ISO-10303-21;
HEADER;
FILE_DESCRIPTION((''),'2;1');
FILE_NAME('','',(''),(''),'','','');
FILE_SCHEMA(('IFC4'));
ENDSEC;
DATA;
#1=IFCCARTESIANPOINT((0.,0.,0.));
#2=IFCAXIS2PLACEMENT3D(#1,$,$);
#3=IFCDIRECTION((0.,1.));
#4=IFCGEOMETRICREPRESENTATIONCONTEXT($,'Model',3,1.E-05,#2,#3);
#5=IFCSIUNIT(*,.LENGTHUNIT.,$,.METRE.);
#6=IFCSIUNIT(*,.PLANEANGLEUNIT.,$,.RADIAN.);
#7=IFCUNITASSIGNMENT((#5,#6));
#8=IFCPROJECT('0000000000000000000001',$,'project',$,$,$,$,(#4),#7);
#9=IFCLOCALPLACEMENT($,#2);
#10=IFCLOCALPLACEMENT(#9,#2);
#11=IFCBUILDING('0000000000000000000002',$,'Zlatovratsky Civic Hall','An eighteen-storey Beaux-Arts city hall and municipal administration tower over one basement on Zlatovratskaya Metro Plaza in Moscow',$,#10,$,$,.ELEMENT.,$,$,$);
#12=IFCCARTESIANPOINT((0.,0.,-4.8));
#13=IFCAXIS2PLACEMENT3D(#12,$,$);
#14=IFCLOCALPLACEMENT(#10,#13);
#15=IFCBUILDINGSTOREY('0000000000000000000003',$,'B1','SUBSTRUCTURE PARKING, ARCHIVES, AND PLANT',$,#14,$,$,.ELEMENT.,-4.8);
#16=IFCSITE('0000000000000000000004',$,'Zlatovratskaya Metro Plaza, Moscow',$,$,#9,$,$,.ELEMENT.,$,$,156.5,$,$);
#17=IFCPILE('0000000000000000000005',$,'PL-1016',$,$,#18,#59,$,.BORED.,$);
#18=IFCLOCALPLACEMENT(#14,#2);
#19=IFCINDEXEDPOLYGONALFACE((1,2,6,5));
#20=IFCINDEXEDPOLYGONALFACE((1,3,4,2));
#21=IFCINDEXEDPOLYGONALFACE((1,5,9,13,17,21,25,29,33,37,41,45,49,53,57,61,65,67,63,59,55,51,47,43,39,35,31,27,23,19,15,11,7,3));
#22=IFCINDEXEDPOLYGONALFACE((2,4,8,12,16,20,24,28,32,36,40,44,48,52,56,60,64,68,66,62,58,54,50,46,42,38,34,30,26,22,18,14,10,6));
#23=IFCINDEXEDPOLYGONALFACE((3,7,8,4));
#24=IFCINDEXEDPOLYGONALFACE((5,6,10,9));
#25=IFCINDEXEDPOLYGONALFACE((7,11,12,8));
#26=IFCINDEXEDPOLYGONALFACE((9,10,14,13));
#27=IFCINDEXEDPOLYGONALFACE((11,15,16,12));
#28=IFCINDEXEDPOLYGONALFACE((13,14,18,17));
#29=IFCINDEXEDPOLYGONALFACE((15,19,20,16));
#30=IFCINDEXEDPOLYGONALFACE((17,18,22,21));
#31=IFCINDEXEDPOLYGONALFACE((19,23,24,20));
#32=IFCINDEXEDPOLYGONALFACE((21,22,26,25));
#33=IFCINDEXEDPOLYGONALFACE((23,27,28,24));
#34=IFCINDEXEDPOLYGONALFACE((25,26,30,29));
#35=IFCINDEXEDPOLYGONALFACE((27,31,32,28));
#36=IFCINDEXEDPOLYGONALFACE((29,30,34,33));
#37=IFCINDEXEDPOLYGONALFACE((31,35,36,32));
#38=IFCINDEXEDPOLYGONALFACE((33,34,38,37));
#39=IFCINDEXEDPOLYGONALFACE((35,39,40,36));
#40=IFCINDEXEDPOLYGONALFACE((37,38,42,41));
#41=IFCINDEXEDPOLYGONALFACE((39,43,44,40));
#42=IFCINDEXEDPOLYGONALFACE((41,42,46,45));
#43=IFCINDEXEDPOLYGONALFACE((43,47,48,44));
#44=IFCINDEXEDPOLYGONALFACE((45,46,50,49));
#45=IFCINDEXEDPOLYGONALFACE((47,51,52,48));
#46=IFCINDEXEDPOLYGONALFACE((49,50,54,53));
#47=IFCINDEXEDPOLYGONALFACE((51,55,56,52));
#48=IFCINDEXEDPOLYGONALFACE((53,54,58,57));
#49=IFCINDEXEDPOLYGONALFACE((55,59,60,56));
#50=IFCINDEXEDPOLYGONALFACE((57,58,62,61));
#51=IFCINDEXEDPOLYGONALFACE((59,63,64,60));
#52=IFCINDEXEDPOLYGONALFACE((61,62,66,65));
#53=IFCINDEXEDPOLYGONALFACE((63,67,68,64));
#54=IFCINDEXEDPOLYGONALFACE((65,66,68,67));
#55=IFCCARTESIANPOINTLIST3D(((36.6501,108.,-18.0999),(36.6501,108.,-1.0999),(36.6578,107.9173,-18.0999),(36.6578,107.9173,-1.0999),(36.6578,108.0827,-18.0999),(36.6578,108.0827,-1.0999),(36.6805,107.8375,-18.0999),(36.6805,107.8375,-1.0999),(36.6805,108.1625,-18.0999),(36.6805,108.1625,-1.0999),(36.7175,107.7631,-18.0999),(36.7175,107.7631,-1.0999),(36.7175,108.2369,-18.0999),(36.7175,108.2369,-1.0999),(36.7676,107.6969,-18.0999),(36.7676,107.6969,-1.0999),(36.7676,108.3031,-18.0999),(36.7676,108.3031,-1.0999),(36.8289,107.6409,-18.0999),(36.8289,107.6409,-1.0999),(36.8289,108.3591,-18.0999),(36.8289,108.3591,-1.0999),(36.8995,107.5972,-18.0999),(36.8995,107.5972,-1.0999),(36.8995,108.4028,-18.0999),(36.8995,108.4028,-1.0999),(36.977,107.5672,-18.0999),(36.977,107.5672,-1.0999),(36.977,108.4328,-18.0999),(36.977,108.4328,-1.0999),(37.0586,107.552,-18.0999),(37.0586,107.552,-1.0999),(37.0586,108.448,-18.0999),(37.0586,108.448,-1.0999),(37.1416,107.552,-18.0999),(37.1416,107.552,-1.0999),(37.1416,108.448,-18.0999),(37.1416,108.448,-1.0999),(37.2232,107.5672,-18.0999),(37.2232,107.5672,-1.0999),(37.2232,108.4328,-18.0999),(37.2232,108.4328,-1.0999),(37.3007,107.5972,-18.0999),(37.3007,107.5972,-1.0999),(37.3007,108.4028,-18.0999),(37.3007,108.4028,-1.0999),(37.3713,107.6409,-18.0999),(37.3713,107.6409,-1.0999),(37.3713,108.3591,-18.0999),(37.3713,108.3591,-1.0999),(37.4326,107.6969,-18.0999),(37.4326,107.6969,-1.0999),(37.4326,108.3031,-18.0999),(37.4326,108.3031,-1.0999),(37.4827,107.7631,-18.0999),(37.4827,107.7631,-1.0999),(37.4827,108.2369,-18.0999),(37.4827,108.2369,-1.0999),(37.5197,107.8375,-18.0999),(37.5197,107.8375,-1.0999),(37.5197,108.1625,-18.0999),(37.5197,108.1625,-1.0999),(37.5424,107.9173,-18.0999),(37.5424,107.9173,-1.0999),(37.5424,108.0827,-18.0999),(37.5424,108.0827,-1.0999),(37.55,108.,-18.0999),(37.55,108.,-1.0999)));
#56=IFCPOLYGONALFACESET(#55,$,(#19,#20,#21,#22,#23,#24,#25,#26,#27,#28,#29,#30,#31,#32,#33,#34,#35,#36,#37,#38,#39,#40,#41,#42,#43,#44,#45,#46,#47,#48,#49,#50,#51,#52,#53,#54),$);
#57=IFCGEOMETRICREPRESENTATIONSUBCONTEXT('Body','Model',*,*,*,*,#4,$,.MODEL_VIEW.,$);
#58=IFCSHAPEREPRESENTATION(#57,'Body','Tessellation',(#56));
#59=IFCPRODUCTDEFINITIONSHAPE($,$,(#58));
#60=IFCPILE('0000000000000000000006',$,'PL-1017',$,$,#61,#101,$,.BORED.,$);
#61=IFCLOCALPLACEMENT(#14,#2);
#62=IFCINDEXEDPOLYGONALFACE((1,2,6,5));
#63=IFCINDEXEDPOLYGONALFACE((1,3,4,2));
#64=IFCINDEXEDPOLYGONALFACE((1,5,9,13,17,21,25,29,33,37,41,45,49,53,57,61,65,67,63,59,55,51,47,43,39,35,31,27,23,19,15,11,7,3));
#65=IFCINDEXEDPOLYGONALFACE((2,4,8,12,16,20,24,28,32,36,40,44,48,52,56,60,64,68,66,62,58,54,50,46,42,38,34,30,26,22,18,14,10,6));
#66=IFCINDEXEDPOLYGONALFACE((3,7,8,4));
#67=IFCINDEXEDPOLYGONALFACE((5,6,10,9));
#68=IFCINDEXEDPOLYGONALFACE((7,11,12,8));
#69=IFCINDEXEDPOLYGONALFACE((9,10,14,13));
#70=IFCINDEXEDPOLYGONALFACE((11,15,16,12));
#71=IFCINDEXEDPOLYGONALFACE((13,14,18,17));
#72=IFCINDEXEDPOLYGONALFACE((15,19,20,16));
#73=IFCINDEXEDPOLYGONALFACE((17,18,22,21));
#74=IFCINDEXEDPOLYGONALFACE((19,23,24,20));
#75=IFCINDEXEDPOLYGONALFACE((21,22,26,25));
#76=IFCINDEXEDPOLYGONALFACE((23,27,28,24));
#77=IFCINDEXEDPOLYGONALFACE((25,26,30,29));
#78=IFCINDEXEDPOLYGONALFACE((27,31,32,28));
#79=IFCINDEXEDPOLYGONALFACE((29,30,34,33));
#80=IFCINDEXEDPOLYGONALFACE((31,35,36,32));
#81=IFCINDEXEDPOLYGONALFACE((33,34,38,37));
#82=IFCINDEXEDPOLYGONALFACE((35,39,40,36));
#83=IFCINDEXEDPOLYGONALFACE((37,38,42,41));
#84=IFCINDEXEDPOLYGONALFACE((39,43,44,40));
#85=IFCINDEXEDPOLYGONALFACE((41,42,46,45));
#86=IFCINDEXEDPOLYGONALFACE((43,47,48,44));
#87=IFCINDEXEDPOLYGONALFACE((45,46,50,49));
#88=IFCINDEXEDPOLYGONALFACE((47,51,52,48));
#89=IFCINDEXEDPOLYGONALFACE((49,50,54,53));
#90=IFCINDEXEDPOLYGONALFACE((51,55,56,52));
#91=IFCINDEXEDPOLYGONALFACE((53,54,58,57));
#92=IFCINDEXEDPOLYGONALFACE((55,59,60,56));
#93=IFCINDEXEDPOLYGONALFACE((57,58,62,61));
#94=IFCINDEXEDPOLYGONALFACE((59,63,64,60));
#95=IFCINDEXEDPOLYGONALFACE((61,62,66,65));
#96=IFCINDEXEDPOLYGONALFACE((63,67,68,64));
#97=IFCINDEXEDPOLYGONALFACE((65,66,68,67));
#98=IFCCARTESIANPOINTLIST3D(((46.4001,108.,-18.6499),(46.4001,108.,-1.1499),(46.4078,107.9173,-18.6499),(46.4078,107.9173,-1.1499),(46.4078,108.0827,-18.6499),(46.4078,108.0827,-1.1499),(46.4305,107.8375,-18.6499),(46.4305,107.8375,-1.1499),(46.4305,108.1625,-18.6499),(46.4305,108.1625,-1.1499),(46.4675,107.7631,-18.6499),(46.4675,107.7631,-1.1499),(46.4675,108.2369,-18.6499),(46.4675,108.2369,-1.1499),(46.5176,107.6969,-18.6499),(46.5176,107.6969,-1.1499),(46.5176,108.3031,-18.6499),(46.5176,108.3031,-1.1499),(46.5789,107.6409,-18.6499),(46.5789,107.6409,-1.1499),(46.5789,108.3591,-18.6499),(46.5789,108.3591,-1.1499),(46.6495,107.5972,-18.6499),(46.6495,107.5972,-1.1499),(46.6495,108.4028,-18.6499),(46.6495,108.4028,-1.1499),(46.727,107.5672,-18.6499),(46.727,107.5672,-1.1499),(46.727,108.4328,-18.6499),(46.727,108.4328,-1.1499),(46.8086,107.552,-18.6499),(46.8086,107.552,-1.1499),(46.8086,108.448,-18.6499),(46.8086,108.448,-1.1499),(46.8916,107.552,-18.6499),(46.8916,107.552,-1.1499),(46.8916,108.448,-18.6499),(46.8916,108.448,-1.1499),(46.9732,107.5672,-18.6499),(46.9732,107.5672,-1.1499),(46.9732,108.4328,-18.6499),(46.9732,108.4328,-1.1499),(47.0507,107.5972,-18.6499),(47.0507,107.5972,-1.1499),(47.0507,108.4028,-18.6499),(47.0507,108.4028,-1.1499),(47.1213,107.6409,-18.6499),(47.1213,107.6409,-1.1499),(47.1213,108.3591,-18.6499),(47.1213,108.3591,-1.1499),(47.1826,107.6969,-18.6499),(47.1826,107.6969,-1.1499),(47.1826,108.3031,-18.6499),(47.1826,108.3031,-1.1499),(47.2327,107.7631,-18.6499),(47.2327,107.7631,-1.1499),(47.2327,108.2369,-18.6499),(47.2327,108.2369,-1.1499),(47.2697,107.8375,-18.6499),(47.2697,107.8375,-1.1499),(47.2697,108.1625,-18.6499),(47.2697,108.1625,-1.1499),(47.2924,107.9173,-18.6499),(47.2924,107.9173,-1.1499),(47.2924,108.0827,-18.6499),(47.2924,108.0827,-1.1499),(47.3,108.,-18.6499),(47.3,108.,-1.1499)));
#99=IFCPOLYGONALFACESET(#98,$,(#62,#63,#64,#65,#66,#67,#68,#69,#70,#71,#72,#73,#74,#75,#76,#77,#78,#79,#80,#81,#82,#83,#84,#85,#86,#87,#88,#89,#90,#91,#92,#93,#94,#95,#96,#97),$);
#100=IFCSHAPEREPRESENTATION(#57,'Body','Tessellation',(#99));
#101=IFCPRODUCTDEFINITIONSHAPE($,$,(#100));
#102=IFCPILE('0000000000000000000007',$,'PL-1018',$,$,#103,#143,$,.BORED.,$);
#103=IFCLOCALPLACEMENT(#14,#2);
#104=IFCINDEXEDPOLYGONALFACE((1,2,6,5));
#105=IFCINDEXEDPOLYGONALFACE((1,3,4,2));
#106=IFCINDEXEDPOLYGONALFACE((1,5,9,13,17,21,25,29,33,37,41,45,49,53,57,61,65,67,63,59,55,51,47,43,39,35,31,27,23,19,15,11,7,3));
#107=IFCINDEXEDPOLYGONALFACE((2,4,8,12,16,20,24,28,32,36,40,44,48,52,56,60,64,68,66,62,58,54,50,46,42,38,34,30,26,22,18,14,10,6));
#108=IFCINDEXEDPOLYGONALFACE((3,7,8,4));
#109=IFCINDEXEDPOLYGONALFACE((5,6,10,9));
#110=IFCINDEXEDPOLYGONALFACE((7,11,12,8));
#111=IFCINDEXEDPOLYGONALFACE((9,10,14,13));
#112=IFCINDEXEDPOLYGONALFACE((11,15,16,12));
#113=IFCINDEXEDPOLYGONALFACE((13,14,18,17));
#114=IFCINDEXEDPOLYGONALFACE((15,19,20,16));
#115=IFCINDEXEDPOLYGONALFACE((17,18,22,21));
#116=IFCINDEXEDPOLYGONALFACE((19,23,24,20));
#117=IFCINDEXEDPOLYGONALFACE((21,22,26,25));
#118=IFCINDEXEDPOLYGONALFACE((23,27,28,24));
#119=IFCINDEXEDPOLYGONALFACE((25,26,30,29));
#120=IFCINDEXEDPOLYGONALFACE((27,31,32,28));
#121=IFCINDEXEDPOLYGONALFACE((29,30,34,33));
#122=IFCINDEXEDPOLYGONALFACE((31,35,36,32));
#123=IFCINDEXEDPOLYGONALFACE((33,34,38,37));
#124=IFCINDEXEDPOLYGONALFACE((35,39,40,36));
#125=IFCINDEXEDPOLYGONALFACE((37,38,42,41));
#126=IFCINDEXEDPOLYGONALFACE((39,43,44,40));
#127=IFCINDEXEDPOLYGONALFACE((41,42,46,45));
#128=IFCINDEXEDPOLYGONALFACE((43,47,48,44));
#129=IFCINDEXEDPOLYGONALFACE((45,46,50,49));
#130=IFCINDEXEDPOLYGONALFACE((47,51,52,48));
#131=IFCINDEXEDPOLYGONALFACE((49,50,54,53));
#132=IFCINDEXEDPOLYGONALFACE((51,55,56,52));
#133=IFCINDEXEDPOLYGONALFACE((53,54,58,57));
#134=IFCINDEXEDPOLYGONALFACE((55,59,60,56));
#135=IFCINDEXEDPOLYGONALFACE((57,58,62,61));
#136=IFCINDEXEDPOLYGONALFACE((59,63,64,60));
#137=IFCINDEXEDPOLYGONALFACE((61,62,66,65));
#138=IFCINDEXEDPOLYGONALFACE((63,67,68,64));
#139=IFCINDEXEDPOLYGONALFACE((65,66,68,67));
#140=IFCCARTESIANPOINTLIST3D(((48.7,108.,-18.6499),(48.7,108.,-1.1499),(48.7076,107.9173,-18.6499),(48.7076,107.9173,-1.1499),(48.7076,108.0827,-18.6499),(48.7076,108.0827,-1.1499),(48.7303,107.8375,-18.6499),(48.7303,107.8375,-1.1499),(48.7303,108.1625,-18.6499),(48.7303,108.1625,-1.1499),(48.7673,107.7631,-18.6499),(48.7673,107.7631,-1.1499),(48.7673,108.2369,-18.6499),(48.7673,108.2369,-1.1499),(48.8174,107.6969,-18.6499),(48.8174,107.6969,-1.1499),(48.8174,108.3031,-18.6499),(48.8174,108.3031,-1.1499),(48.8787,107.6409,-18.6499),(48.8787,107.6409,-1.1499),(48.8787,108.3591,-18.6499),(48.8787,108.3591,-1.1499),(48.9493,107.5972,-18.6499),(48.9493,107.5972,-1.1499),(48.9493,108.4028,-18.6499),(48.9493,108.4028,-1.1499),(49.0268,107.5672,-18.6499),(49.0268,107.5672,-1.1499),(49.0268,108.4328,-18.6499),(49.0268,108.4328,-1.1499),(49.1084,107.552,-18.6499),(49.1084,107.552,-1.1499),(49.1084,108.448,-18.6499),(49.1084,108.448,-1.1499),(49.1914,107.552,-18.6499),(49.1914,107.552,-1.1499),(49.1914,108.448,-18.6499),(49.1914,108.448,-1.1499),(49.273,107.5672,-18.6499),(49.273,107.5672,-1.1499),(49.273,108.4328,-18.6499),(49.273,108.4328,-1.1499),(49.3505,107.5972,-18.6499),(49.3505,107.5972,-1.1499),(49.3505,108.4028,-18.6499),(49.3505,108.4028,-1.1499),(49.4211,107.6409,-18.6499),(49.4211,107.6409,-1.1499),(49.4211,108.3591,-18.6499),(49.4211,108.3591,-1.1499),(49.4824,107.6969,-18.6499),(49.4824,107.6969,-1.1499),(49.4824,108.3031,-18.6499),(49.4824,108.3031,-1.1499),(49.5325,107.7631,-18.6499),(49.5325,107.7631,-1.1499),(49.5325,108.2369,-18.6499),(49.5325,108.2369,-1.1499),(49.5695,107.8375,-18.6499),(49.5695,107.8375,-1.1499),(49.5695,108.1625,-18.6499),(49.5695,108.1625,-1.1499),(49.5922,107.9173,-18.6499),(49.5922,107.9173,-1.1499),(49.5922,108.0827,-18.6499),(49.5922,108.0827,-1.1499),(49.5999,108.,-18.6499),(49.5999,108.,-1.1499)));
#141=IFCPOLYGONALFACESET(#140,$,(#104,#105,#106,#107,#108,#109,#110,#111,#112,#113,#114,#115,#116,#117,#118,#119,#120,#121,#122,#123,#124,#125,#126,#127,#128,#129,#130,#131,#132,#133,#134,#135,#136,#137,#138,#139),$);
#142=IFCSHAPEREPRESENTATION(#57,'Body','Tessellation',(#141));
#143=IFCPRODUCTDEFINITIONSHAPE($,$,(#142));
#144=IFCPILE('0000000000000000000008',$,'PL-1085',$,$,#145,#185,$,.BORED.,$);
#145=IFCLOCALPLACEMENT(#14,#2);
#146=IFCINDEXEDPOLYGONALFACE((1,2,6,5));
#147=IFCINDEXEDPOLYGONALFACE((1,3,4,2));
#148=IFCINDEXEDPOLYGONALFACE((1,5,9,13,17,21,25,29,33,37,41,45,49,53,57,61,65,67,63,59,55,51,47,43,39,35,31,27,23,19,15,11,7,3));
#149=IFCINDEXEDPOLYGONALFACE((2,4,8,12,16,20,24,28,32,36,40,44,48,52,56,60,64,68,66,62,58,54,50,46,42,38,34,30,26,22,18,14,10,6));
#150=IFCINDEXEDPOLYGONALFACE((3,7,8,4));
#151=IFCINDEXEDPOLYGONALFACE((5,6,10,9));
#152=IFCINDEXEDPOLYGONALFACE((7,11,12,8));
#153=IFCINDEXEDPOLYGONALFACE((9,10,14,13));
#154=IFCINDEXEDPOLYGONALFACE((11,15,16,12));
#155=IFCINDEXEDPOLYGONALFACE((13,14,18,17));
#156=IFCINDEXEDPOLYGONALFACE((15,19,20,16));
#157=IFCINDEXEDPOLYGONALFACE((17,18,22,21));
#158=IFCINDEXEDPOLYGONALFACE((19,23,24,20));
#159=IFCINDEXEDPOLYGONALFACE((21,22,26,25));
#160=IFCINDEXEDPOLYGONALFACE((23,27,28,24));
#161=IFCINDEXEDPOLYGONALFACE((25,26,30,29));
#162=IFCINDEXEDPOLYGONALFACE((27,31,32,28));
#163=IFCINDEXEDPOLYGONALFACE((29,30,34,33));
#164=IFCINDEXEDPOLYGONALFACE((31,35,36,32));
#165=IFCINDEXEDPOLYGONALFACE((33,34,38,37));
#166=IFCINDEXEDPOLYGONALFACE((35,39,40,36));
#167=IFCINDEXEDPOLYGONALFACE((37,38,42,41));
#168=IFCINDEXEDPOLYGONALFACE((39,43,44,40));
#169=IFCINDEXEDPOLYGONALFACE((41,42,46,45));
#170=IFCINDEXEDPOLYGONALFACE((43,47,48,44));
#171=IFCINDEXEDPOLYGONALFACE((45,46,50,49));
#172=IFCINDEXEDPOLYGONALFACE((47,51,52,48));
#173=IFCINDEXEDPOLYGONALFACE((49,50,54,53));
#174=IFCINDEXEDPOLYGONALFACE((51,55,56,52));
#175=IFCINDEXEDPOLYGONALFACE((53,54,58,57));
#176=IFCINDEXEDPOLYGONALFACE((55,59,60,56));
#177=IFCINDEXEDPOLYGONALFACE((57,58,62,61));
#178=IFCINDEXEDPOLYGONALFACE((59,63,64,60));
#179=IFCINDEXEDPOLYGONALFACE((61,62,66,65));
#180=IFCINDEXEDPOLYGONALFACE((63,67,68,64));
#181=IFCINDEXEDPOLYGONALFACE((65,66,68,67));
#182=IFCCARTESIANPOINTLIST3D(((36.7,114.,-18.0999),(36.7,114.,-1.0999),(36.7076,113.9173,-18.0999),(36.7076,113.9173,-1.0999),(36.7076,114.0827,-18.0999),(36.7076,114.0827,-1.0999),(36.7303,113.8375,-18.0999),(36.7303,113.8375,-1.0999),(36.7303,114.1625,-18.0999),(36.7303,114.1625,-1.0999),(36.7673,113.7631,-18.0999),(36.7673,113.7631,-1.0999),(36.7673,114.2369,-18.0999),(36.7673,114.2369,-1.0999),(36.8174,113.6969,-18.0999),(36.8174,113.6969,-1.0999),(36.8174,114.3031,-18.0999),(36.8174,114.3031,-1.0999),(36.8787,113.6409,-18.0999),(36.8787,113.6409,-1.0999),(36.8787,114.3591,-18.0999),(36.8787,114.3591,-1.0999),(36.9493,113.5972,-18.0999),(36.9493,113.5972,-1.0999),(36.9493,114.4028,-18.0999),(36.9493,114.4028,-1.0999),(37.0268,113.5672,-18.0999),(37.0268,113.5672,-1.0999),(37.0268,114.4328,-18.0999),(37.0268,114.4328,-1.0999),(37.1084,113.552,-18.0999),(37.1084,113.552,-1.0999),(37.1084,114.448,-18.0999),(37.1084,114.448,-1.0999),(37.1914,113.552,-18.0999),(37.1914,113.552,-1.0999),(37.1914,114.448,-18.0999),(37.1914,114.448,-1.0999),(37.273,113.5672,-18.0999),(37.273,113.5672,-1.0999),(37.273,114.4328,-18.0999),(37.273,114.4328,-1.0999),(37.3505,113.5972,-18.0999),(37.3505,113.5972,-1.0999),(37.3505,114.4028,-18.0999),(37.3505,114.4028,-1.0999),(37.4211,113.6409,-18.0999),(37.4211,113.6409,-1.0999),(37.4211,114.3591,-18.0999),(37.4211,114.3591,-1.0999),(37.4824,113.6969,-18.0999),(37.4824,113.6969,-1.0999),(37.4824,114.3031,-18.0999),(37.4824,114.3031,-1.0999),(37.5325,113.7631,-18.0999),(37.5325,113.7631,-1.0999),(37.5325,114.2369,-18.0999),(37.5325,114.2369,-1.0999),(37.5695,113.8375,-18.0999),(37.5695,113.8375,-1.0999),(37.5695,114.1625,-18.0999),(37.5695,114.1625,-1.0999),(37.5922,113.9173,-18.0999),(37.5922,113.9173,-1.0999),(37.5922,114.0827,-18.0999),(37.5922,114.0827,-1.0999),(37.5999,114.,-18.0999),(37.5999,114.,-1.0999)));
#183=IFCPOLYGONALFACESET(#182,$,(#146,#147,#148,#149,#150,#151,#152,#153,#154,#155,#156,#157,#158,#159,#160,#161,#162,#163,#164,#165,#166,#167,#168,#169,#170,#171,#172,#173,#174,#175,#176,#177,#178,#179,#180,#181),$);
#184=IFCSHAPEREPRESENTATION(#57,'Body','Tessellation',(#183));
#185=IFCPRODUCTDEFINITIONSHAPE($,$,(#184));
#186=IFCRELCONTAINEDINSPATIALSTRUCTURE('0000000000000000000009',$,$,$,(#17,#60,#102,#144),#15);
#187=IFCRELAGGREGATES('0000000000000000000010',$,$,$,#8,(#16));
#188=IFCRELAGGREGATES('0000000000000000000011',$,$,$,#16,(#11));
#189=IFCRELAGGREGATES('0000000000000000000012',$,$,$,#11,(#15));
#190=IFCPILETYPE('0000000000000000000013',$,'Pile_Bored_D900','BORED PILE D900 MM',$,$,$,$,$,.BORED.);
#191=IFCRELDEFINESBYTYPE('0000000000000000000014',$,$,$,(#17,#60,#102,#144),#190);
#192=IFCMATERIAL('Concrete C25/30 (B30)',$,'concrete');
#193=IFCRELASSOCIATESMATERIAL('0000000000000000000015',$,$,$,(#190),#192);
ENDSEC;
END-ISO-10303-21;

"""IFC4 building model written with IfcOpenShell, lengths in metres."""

from ifc_helpers import new_model, si_unit, direction, frame, origin, origin_2d, place, context, subcontext, project, spatial, circle, extrude, material, material_profile, profile_set, type_object, element, save


model = new_model("IFC4")

# Units and contexts
model_context = context("Model", 3, precision=1e-05, world=origin(), true_north=direction((0.0, 1.0)))
body_context = subcontext(model_context, "Body", "Model", "MODEL_VIEW")
ifc_project = project(units=[si_unit("LENGTHUNIT", "METRE"), si_unit("PLANEANGLEUNIT", "RADIAN")], contexts=[model_context])

# Site, building, storey
site_placement = place(None, origin())
site = spatial("IfcSite", under=ifc_project, at=site_placement, Name="Zlatovratskaya Metro Plaza, Moscow", CompositionType="ELEMENT", RefElevation=156.5)
building_placement = place(site_placement, origin())
building = spatial("IfcBuilding", under=site, at=building_placement, Name="Zlatovratsky Civic Hall", Description="An eighteen-storey Beaux-Arts city hall and municipal administration tower over one basement on Zlatovratskaya Metro Plaza in Moscow", CompositionType="ELEMENT")
storey_placement = place(building_placement, frame((0.0, 0.0, -4.8)))
storey = spatial("IfcBuildingStorey", under=building, at=storey_placement, Name="B1", Description="SUBSTRUCTURE PARKING, ARCHIVES, AND PLANT", CompositionType="ELEMENT", Elevation=-4.8)

# Shared definitions
ifc_material_1 = material(Name="Concrete C25/30 (B30)", Category="concrete")

# Piles
ifc_material_profile_1 = material_profile(ifc_material_1, circle(Radius=0.45, at=origin_2d()), Name="PILE D900")
ifc_profile_set_1 = profile_set([ifc_material_profile_1], Name="Concrete C25/30 (B30)")
pile_type_1 = type_object("IfcPileType", Name="Pile_Bored_D900", Description="BORED PILE D900 MM", PredefinedType="BORED", material=ifc_profile_set_1)
pile_placement = place(storey_placement, frame((37.1001, 108.0, -1.0999), z_axis=(0.0, 0.0, -1.0), x_axis=(1.0, 0.0, 0.0)))
element("IfcPile", 1, at=pile_placement, inside=storey, type_object=pile_type_1, Name="PL-1016", PredefinedType="BORED", context=body_context, shape_type="SweptSolid", body=[
    extrude(circle(Radius=0.45, at=origin_2d()), origin(), (0.0, 0.0, 1.0), 17.0),
])
for number, where, z_axis, x_axis, name in (
    (2, (46.8501, 108.0, -1.1499), (0.0, 0.0, -1.0), (1.0, 0.0, 0.0), "PL-1017"),
    (3, (49.1499, 108.0, -1.1499), (0.0, 0.0, -1.0), (1.0, 0.0, 0.0), "PL-1018"),
):
    element("IfcPile", number, at=place(storey_placement, frame(where, z_axis=z_axis, x_axis=x_axis)), inside=storey, type_object=pile_type_1, Name=name, PredefinedType="BORED", context=body_context, shape_type="SweptSolid", body=[
        extrude(circle(Radius=0.45, at=origin_2d()), origin(), (0.0, 0.0, 1.0), 17.5),
    ])
for number, where, z_axis, x_axis, name in (
    (4, (37.1499, 114.0, -1.0999), (0.0, 0.0, -1.0), (1.0, 0.0, 0.0), "PL-1085"),
):
    element("IfcPile", number, at=place(storey_placement, frame(where, z_axis=z_axis, x_axis=x_axis)), inside=storey, type_object=pile_type_1, Name=name, PredefinedType="BORED", context=body_context, shape_type="SweptSolid", body=[
        extrude(circle(Radius=0.45, at=origin_2d()), origin(), (0.0, 0.0, 1.0), 17.0),
    ])

save(model, "model.ifc")
